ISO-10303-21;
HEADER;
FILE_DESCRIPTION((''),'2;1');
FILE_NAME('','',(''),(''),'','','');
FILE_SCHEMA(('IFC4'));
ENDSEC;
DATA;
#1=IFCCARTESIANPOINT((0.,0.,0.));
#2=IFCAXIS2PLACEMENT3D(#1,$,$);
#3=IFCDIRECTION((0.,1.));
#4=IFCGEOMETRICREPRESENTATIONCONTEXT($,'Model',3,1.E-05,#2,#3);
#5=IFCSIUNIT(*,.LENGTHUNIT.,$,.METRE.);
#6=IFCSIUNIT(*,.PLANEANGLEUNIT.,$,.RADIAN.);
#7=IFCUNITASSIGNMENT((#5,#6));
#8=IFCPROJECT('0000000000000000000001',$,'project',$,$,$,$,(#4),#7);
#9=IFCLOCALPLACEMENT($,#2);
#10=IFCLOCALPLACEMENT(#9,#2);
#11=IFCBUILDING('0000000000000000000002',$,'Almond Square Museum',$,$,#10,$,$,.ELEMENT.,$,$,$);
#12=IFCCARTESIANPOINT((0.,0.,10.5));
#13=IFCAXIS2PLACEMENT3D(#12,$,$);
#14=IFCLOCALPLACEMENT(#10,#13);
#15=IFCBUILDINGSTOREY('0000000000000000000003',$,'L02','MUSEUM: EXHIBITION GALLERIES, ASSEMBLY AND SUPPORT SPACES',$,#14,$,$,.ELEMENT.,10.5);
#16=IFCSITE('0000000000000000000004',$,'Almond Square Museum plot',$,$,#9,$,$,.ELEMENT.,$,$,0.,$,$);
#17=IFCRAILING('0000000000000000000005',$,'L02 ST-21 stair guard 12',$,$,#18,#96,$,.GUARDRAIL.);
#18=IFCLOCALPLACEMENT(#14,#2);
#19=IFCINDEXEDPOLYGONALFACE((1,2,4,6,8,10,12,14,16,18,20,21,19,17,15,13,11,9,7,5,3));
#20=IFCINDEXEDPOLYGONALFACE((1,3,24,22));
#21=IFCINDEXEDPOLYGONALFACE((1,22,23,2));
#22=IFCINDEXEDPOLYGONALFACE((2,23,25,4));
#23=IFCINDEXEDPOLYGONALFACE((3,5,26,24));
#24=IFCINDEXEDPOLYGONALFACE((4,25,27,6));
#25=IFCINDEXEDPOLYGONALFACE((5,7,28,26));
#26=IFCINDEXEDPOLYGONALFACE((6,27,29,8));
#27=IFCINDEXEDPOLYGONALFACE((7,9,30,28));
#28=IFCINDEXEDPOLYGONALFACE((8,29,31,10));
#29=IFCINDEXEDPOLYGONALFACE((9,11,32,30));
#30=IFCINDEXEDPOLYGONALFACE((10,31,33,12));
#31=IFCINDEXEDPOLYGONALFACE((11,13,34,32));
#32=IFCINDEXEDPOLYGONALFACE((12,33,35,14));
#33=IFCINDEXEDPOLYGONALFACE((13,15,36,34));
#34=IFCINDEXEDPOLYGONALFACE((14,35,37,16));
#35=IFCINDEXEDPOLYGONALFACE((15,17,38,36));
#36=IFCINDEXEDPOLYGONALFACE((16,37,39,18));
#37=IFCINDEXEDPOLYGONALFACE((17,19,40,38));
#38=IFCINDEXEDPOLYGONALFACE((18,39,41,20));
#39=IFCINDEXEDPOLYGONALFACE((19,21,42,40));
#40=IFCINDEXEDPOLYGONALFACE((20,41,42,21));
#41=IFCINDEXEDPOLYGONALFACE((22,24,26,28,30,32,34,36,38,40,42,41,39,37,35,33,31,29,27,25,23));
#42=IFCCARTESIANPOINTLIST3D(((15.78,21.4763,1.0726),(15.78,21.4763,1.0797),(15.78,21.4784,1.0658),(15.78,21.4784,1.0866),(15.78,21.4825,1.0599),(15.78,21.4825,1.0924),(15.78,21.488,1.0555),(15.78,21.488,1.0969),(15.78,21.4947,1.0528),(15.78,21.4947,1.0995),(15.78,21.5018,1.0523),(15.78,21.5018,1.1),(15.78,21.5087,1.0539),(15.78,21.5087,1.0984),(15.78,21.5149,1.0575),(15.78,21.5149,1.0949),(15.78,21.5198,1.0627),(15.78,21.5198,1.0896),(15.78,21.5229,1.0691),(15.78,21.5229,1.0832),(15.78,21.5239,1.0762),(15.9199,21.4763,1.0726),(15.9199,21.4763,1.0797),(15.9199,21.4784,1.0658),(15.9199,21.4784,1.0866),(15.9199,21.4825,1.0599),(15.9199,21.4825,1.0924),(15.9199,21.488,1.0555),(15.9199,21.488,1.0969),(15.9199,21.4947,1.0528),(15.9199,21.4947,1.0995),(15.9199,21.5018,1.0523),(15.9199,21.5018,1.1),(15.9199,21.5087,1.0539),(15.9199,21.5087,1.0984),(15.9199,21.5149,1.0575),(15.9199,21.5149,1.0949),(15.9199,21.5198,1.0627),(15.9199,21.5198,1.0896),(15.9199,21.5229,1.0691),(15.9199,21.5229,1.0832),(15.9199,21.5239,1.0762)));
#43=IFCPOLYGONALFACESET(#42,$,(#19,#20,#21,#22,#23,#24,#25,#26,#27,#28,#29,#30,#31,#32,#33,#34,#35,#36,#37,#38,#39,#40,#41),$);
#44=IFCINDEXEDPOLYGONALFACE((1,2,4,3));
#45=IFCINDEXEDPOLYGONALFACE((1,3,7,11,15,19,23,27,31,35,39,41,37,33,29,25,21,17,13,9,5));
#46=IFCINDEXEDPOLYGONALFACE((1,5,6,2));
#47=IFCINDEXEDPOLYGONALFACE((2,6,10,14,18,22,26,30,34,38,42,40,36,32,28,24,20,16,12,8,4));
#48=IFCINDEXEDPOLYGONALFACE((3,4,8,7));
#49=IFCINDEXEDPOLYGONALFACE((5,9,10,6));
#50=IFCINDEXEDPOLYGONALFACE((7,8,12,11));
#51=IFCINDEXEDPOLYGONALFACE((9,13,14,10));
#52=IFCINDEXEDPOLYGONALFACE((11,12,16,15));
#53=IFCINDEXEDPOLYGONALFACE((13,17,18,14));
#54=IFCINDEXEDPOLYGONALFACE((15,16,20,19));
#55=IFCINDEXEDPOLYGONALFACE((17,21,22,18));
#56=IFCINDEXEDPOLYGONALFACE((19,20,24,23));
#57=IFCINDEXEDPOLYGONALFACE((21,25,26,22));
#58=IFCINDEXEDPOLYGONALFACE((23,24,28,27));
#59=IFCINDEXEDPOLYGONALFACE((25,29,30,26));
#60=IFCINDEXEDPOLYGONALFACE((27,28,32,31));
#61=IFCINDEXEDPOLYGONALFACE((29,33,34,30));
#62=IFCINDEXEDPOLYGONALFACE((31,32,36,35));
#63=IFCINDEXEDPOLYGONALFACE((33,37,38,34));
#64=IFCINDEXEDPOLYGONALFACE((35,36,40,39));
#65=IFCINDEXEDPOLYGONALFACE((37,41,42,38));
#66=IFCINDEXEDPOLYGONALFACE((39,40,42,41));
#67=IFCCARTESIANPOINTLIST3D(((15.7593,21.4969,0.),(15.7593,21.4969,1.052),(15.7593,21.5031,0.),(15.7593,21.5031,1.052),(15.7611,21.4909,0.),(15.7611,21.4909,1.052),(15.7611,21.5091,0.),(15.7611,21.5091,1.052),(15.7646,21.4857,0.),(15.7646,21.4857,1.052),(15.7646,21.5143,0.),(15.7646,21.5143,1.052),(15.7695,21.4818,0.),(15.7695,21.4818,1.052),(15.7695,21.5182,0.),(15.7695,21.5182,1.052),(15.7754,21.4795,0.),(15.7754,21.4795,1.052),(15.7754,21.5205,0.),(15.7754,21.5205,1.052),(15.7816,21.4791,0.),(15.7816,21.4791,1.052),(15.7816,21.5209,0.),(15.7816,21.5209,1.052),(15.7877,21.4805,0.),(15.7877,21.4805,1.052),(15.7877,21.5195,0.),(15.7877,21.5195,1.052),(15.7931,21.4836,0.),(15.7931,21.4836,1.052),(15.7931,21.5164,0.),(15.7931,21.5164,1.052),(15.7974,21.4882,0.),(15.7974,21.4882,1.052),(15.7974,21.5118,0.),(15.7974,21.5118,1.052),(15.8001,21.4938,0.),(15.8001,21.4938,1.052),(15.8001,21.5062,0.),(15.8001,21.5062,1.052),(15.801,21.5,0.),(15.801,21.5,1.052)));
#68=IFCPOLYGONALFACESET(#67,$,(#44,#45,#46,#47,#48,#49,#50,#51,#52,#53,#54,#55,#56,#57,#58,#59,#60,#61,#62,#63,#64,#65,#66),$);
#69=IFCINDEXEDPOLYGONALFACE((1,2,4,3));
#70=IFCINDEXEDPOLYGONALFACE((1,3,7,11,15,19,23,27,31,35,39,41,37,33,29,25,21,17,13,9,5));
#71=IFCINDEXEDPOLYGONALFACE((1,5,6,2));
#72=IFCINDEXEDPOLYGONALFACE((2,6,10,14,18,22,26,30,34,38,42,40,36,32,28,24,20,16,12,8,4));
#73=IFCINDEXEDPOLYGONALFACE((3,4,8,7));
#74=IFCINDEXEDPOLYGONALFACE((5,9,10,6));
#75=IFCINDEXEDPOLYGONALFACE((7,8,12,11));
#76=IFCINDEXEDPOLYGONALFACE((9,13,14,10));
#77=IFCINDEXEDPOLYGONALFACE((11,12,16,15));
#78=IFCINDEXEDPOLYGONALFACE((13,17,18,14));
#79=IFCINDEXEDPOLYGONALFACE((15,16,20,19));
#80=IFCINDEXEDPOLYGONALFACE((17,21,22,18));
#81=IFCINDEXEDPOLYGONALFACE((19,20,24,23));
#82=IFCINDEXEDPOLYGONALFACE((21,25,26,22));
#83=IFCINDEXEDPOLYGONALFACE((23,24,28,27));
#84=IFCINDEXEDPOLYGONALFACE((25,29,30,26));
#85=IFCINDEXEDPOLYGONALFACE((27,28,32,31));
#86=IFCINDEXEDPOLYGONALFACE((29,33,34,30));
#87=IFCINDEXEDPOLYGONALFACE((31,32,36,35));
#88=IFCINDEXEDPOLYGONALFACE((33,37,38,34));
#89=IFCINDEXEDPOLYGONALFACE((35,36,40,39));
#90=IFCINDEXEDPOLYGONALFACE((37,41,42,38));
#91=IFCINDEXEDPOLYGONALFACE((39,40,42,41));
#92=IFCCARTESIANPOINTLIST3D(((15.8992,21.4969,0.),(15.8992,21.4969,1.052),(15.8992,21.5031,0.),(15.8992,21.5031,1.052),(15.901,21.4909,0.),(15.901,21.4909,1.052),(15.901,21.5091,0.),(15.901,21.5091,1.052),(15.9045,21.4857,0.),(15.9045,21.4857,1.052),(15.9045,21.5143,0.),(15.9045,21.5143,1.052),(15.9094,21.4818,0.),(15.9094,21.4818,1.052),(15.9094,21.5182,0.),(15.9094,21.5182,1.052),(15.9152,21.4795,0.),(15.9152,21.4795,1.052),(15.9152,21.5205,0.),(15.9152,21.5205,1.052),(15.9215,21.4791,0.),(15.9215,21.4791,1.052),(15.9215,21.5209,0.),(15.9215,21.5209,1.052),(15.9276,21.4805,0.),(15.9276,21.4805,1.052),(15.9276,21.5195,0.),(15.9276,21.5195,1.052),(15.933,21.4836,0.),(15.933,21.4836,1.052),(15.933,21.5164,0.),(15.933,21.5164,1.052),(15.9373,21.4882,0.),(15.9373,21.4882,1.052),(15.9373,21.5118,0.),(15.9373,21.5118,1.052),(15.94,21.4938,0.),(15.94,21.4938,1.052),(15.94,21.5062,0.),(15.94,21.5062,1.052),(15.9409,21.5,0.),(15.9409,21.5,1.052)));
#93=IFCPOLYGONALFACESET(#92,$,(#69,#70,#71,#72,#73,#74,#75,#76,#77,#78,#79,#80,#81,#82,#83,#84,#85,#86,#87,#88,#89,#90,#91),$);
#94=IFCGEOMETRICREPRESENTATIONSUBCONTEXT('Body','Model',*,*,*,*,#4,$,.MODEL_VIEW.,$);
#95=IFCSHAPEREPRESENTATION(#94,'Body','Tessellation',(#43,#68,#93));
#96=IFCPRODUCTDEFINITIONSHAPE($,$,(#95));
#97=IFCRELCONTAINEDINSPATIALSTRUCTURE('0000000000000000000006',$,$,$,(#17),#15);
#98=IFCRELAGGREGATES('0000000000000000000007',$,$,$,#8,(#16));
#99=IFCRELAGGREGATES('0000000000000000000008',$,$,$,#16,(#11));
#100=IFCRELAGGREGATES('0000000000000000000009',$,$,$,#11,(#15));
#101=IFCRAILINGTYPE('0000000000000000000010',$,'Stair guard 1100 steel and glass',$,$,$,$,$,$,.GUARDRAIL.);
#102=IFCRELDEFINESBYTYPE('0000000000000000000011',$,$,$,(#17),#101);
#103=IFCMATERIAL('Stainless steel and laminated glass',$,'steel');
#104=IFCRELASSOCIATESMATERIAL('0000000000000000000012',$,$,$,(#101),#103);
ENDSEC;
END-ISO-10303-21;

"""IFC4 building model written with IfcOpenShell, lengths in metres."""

from ifc_helpers import new_model, si_unit, direction, frame, origin, origin_2d, place, context, subcontext, project, spatial, circle, extrude, material, type_object, element, save


model = new_model("IFC4")

# Units and contexts
model_context = context("Model", 3, precision=1e-05, world=origin(), true_north=direction((0.0, 1.0)))
body_context = subcontext(model_context, "Body", "Model", "MODEL_VIEW")
ifc_project = project(units=[si_unit("LENGTHUNIT", "METRE"), si_unit("PLANEANGLEUNIT", "RADIAN")], contexts=[model_context])

# Site, building, storey
site_placement = place(None, origin())
site = spatial("IfcSite", under=ifc_project, at=site_placement, Name="Almond Square Museum plot", CompositionType="ELEMENT", RefElevation=0.0)
building_placement = place(site_placement, origin())
building = spatial("IfcBuilding", under=site, at=building_placement, Name="Almond Square Museum", CompositionType="ELEMENT")
storey_placement = place(building_placement, frame((0.0, 0.0, 10.5)))
storey = spatial("IfcBuildingStorey", under=building, at=storey_placement, Name="L02", Description="MUSEUM: EXHIBITION GALLERIES, ASSEMBLY AND SUPPORT SPACES", CompositionType="ELEMENT", Elevation=10.5)

# Railing
ifc_material_1 = material(Name="Stainless steel and laminated glass", Category="steel")
railing_type_1 = type_object("IfcRailingType", Name="Stair guard 1100 steel and glass", PredefinedType="GUARDRAIL", material=ifc_material_1)
for number, where, name in (
    (1, (15.78, 21.5, 0.0), "L02 ST-21 stair guard 12"),
):
    element("IfcRailing", number, at=place(storey_placement, frame(where)), inside=storey, type_object=railing_type_1, Name=name, PredefinedType="GUARDRAIL", context=body_context, shape_type="SweptSolid", body=[
        extrude(circle(Radius=0.0239, at=origin_2d()), frame((0.0, 0.0, 1.0762), z_axis=(1.0, 0.0, 0.0), x_axis=(0.0, 1.0, 0.0)), (0.0, 0.0, 1.0), 0.1399),
        extrude(circle(Radius=0.021, at=origin_2d()), origin(), (0.0, 0.0, 1.0), 1.052),
        extrude(circle(Radius=0.021, at=origin_2d()), frame((0.1399, 0.0, 0.0)), (0.0, 0.0, 1.0), 1.052),
    ])

save(model, "model.ifc")
